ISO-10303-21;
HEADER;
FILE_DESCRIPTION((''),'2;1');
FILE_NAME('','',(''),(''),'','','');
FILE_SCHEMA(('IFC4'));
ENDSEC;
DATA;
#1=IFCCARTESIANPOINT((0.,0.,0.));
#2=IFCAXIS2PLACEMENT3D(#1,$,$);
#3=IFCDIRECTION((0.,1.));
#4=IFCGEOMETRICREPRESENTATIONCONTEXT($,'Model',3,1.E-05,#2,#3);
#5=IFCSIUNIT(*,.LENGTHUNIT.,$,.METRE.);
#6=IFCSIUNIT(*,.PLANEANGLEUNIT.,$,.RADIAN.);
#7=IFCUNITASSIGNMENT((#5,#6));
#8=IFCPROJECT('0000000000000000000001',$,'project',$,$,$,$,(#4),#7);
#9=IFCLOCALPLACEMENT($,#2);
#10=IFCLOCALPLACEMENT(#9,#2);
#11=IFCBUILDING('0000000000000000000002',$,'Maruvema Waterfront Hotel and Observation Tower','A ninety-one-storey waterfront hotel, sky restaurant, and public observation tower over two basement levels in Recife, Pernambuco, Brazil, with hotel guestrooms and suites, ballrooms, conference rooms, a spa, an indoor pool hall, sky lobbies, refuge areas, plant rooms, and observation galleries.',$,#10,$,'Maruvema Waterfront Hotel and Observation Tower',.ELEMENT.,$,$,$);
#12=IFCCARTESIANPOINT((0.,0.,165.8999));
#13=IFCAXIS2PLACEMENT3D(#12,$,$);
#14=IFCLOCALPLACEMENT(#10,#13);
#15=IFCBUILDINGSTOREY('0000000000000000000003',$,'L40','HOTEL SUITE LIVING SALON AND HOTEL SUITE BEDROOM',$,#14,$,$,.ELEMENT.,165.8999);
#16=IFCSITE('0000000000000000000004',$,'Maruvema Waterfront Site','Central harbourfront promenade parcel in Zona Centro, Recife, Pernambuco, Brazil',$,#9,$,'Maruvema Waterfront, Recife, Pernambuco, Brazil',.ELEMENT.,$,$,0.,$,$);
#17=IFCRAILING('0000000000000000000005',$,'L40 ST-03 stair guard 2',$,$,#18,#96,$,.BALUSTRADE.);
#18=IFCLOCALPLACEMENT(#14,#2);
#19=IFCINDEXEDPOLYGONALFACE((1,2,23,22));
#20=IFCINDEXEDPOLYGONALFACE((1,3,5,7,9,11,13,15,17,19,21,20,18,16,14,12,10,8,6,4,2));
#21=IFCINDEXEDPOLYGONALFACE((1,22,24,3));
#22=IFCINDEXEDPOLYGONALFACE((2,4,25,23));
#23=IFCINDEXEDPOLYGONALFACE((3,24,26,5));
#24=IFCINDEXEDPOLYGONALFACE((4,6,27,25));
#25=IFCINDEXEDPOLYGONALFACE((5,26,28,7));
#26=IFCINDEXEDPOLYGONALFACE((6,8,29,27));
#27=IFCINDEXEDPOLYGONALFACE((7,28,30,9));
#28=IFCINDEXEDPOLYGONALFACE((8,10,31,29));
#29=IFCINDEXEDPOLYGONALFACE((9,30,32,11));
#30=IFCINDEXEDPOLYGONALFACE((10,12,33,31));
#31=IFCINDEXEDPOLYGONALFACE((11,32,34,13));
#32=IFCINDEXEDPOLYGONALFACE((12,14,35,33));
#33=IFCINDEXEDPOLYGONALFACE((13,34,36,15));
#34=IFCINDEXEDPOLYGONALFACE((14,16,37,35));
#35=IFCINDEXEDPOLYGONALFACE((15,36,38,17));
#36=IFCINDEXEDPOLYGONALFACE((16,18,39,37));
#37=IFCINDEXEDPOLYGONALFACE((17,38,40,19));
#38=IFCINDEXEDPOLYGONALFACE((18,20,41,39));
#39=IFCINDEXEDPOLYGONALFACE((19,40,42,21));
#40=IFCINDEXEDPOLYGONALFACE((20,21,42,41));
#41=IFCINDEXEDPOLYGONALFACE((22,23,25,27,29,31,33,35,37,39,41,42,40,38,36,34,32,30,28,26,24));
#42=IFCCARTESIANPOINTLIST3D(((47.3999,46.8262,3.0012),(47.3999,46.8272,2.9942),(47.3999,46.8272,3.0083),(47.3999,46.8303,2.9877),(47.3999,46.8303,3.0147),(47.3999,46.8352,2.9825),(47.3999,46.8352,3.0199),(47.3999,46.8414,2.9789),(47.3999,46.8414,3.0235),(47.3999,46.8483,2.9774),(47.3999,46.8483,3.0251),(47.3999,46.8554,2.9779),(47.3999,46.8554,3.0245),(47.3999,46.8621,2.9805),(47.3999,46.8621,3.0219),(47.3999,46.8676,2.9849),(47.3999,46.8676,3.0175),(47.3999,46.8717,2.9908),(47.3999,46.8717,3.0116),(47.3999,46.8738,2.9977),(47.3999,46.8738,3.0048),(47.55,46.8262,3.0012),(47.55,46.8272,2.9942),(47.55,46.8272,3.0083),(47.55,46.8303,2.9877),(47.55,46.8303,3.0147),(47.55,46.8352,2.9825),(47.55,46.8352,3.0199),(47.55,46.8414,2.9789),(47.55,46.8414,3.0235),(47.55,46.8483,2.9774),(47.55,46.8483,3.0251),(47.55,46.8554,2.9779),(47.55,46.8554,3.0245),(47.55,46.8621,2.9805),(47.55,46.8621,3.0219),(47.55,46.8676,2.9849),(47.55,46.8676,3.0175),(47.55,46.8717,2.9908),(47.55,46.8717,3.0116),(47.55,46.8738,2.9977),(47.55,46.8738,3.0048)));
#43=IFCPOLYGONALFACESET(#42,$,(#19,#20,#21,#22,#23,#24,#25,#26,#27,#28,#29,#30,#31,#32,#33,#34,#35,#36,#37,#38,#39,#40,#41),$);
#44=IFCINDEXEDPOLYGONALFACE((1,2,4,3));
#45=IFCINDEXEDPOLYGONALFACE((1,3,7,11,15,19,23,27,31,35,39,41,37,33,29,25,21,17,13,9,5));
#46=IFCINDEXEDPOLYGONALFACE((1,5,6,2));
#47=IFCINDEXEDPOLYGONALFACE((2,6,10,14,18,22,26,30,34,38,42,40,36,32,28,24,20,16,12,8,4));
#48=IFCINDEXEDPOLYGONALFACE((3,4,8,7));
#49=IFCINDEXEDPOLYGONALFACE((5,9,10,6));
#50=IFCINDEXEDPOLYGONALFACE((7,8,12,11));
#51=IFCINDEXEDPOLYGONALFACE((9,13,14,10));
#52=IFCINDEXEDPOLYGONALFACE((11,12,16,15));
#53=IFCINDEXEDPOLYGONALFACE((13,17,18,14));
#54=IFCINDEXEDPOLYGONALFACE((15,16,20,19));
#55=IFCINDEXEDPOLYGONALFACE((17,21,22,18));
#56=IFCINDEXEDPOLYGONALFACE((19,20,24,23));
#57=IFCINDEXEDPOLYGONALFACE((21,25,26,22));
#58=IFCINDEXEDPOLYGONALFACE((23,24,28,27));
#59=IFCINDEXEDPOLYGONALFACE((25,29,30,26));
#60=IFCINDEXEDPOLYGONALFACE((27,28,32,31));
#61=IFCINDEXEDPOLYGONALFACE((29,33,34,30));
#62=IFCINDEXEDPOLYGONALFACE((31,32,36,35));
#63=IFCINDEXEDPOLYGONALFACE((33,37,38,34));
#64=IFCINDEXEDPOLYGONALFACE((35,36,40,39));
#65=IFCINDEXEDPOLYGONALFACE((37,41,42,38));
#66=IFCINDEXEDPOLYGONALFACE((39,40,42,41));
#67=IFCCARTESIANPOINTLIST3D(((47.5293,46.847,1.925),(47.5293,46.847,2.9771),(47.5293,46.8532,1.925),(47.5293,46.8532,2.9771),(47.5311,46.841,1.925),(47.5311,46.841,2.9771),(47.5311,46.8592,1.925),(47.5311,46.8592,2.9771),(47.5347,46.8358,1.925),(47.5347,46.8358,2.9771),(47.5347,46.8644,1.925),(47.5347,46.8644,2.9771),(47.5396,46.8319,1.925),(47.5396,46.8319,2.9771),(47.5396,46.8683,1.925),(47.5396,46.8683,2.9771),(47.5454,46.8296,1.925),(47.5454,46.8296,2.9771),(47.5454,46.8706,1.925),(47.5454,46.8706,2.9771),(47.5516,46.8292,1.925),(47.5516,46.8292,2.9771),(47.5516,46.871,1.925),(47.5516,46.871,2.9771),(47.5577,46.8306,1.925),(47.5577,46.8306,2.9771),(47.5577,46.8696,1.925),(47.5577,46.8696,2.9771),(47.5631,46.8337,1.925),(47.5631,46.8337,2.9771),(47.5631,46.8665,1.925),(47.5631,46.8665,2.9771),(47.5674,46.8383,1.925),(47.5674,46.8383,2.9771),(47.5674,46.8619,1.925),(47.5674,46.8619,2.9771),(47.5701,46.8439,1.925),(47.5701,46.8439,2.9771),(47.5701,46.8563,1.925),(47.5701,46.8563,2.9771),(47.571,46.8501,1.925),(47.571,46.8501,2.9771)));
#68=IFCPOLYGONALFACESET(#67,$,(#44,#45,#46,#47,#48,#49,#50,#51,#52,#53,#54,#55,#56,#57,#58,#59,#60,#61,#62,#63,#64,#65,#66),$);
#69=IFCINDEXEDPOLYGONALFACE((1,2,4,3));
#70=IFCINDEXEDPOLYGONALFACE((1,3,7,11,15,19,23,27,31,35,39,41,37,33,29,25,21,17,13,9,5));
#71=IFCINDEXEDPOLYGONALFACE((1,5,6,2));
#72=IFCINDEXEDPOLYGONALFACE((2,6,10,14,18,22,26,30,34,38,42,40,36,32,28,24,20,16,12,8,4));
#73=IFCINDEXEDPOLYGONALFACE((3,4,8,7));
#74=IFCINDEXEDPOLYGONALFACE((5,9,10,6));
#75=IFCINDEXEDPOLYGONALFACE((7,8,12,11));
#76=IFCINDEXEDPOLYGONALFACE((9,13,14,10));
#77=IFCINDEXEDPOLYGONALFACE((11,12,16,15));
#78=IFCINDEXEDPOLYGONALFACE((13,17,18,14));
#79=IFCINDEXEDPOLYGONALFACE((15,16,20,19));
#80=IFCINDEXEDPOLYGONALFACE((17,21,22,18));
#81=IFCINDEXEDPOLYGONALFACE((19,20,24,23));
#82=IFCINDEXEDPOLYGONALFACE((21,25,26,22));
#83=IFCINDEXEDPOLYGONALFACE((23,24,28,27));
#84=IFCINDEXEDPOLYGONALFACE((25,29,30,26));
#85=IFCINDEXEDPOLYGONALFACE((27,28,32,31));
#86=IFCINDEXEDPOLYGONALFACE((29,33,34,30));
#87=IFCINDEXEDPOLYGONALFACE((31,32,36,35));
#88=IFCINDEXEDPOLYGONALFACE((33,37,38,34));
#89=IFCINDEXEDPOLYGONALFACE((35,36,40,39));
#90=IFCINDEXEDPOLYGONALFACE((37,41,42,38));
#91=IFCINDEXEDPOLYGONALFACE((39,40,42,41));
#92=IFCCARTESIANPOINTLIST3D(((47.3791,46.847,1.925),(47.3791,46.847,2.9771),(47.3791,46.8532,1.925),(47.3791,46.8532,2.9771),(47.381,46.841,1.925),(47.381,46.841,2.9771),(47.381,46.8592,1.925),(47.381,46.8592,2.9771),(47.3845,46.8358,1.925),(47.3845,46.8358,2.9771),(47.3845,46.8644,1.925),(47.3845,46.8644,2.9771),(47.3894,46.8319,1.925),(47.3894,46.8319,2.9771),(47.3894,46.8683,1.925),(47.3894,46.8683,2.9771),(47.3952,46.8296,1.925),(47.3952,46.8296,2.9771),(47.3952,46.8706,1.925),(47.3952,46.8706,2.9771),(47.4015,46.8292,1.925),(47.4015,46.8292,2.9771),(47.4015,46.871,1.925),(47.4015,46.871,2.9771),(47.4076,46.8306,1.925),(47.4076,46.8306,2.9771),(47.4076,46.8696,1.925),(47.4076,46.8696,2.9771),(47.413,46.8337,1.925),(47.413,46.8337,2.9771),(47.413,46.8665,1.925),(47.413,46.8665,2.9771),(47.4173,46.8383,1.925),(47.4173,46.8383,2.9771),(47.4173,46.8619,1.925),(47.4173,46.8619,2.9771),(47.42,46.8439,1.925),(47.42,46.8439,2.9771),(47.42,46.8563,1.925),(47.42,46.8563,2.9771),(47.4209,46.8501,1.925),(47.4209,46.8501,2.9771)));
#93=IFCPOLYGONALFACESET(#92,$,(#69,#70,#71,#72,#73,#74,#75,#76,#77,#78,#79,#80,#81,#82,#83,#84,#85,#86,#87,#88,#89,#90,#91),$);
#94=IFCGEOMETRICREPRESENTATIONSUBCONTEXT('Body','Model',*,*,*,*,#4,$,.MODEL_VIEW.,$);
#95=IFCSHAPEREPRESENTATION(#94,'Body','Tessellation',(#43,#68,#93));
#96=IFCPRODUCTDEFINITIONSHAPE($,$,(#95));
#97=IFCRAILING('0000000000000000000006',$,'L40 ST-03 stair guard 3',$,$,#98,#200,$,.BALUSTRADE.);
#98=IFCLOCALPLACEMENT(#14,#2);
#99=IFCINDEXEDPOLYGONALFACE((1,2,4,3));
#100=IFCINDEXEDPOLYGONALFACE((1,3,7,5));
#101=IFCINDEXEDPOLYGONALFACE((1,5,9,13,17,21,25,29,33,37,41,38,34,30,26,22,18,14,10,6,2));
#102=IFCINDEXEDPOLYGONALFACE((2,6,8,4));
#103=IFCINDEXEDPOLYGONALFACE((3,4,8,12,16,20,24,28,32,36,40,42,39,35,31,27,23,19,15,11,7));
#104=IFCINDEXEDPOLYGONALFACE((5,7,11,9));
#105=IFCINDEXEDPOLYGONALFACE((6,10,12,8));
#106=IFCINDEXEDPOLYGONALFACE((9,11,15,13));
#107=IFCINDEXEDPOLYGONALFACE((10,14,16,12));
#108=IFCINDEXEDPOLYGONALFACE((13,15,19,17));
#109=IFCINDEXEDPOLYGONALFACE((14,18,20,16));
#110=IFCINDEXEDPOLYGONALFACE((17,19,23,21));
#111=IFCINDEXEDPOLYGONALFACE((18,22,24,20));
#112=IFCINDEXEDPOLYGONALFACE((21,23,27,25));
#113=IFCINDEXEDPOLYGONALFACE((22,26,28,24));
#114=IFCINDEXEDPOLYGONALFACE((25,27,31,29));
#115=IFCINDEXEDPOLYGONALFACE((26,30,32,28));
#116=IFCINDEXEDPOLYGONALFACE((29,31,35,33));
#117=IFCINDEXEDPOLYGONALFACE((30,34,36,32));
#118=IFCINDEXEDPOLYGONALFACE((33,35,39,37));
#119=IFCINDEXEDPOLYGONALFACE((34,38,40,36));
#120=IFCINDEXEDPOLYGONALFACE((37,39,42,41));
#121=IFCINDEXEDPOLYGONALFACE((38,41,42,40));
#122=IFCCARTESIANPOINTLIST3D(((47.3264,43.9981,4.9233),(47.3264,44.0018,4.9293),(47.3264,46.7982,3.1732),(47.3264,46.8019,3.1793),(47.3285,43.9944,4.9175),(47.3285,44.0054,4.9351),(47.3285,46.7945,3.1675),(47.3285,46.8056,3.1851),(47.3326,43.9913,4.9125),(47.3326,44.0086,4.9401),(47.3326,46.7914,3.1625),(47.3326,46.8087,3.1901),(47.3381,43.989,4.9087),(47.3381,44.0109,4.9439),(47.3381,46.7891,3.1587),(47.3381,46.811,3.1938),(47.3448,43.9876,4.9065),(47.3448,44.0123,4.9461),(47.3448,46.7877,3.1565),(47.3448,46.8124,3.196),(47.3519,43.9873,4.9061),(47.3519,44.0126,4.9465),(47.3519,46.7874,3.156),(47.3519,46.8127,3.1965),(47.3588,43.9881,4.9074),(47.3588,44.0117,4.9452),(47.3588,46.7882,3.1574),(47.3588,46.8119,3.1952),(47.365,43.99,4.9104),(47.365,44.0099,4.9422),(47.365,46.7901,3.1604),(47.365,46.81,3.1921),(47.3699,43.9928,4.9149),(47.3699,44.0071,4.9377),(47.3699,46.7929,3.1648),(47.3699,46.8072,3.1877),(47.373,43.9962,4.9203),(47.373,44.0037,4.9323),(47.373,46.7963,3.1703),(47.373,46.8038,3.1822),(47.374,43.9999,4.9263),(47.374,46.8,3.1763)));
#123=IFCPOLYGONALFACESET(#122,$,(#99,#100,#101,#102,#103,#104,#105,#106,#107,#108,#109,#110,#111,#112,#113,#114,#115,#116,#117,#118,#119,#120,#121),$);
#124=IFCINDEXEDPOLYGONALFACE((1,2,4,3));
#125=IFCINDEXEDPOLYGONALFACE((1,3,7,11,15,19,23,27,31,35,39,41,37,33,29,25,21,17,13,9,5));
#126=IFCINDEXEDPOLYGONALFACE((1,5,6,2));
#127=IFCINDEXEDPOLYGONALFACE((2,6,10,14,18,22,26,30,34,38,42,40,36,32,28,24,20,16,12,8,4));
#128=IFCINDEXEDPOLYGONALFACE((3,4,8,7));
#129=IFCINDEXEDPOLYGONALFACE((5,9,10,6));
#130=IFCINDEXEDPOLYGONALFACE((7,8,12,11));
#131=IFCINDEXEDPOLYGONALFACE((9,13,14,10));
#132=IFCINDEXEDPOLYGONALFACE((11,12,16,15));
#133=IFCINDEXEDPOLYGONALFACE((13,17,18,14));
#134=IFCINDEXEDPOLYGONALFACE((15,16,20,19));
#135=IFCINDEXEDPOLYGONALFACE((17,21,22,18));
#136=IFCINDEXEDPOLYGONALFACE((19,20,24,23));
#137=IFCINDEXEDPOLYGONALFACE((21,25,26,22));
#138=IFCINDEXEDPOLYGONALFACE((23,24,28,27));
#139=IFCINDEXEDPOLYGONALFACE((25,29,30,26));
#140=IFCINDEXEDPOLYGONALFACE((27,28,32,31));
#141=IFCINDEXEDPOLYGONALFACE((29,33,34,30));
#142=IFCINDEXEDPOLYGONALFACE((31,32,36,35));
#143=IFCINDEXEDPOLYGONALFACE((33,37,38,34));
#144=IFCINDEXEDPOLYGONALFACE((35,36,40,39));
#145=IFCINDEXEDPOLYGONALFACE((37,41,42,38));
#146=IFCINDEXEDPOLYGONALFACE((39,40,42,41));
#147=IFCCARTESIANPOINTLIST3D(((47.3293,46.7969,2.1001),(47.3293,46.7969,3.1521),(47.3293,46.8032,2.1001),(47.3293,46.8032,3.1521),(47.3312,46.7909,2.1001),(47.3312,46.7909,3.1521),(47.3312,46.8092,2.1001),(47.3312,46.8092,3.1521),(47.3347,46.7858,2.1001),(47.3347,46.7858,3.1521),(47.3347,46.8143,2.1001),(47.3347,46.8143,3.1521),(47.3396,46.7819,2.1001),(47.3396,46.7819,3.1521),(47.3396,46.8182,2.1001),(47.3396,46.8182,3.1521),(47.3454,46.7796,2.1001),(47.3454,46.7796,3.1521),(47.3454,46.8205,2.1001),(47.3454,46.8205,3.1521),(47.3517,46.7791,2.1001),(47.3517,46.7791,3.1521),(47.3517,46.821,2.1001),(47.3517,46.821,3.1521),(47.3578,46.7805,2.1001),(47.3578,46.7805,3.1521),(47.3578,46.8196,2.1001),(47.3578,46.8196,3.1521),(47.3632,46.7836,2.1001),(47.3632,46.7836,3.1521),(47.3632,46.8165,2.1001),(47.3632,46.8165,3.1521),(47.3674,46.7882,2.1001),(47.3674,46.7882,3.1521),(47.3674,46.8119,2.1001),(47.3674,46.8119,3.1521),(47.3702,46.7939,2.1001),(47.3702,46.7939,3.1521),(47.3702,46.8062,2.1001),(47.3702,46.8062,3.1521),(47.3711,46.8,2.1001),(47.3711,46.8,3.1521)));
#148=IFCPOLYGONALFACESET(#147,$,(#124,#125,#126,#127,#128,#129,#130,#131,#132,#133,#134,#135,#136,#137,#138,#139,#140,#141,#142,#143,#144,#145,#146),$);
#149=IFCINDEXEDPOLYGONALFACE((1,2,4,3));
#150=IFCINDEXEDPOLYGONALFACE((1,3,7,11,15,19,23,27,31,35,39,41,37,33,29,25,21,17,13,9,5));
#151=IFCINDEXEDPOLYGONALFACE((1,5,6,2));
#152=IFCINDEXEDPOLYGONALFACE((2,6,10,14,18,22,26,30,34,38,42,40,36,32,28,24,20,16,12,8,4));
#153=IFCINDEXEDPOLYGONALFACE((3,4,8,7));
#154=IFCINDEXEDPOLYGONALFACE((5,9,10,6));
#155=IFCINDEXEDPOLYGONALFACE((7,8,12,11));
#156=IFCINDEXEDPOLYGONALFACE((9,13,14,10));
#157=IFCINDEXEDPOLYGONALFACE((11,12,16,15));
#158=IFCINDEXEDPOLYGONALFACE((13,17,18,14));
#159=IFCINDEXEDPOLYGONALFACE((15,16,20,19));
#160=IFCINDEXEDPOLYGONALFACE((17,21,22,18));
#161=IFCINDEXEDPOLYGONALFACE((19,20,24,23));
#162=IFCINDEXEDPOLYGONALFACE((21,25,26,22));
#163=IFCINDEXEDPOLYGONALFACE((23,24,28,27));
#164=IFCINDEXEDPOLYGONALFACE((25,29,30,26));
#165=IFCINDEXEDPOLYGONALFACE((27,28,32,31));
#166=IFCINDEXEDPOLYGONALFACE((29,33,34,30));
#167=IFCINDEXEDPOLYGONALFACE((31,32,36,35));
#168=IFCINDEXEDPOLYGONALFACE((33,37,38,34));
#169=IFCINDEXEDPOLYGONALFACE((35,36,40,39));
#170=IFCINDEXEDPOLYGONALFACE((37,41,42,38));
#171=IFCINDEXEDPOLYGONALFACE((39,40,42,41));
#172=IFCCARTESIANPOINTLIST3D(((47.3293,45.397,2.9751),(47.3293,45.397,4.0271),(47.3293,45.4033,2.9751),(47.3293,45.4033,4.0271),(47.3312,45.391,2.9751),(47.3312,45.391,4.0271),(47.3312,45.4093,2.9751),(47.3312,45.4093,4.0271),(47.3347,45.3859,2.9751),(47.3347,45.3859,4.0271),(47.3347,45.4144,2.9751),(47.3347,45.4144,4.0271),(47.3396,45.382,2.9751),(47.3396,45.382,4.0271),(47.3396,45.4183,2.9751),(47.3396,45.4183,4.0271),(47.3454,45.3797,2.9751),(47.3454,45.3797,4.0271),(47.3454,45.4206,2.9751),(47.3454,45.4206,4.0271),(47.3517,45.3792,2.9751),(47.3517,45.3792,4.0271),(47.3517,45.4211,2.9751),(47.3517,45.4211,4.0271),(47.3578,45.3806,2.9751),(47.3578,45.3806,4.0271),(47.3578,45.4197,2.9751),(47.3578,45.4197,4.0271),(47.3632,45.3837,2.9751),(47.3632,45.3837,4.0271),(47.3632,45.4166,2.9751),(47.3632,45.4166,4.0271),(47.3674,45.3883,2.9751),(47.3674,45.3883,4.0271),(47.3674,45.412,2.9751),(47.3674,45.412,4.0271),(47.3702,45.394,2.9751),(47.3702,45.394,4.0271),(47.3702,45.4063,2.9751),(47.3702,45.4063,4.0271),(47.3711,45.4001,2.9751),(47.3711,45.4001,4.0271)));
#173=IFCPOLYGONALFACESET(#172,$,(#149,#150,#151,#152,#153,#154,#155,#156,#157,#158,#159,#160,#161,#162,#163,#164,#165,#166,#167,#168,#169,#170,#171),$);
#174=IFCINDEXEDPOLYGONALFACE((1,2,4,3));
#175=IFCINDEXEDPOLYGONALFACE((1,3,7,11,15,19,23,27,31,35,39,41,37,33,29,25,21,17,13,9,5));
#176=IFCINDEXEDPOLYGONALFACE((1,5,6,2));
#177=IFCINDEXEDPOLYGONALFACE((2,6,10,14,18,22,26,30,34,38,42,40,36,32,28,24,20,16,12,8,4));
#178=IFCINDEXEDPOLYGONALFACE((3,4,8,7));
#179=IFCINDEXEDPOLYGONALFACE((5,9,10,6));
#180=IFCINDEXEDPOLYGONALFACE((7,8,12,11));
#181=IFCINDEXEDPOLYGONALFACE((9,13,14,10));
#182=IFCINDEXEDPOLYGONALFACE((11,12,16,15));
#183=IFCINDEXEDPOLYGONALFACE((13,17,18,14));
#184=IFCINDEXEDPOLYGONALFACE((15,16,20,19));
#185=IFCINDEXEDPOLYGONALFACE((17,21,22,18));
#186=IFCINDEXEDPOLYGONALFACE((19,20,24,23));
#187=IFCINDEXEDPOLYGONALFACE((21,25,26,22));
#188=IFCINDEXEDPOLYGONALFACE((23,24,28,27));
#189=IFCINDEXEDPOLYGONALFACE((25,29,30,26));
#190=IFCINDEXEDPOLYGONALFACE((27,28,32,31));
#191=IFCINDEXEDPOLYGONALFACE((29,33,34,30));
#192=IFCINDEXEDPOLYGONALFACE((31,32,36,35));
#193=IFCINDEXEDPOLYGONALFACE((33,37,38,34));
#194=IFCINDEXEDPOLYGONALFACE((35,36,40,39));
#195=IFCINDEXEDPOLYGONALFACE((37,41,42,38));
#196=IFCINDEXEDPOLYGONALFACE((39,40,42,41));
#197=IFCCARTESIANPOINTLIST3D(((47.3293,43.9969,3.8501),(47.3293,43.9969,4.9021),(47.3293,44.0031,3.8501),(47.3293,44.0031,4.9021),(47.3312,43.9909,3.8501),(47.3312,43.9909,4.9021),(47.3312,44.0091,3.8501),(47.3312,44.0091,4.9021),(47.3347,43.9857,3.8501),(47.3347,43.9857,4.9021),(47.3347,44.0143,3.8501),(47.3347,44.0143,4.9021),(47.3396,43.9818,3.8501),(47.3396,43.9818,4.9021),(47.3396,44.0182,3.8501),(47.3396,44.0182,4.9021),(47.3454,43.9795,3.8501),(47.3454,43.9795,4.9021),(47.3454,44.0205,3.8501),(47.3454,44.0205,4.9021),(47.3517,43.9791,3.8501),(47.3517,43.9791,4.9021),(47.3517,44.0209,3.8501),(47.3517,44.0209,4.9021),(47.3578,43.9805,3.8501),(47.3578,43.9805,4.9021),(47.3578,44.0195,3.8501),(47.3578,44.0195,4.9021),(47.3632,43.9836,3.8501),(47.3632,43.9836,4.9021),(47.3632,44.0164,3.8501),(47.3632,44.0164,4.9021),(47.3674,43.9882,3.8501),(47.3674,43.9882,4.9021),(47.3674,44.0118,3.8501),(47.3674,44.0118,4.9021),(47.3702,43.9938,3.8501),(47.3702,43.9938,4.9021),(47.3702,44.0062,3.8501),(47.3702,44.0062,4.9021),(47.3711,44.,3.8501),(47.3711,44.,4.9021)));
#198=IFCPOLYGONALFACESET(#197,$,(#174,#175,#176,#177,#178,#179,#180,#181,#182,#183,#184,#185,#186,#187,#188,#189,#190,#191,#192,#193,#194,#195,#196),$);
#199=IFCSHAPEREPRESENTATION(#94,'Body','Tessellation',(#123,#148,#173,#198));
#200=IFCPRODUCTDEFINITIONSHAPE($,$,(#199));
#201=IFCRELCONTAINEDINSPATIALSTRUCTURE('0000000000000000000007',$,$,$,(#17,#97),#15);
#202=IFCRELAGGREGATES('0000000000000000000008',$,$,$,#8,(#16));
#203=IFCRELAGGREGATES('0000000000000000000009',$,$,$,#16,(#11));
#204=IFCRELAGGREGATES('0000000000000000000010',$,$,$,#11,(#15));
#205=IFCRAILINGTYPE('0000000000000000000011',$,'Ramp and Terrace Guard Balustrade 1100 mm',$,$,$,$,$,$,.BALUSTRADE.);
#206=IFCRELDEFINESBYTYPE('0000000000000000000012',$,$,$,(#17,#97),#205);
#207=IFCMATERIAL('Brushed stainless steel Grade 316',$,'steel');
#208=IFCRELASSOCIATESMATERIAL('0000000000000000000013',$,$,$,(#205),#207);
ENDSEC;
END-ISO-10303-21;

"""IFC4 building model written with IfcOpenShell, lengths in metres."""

from ifc_helpers import new_model, si_unit, direction, frame, origin, origin_2d, place, context, subcontext, project, spatial, circle, extrude, material, type_object, element, save


model = new_model("IFC4")

# Units and contexts
model_context = context("Model", 3, precision=1e-05, world=origin(), true_north=direction((0.0, 1.0)))
body_context = subcontext(model_context, "Body", "Model", "MODEL_VIEW")
ifc_project = project(units=[si_unit("LENGTHUNIT", "METRE"), si_unit("PLANEANGLEUNIT", "RADIAN")], contexts=[model_context])

# Site, building, storey
site_placement = place(None, origin())
site = spatial("IfcSite", under=ifc_project, at=site_placement, Name="Maruvema Waterfront Site", Description="Central harbourfront promenade parcel in Zona Centro, Recife, Pernambuco, Brazil", LongName="Maruvema Waterfront, Recife, Pernambuco, Brazil", CompositionType="ELEMENT", RefElevation=0.0)
building_placement = place(site_placement, origin())
building = spatial("IfcBuilding", under=site, at=building_placement, Name="Maruvema Waterfront Hotel and Observation Tower", Description="A ninety-one-storey waterfront hotel, sky restaurant, and public observation tower over two basement levels in Recife, Pernambuco, Brazil, with hotel guestrooms and suites, ballrooms, conference rooms, a spa, an indoor pool hall, sky lobbies, refuge areas, plant rooms, and observation galleries.", LongName="Maruvema Waterfront Hotel and Observation Tower", CompositionType="ELEMENT")
storey_placement = place(building_placement, frame((0.0, 0.0, 165.8999)))
storey = spatial("IfcBuildingStorey", under=building, at=storey_placement, Name="L40", Description="HOTEL SUITE LIVING SALON AND HOTEL SUITE BEDROOM", CompositionType="ELEMENT", Elevation=165.8999)

# Railings
ifc_material_1 = material(Name="Brushed stainless steel Grade 316", Category="steel")
railing_type_1 = type_object("IfcRailingType", Name="Ramp and Terrace Guard Balustrade 1100 mm", PredefinedType="BALUSTRADE", material=ifc_material_1)
railing_1_placement = place(storey_placement, frame((47.55, 46.8501, 1.925)))
element("IfcRailing", 1, at=railing_1_placement, inside=storey, type_object=railing_type_1, Name="L40 ST-03 stair guard 2", PredefinedType="BALUSTRADE", context=body_context, shape_type="SweptSolid", body=[
    extrude(circle(Radius=0.0239, at=origin_2d()), frame((0.0, 0.0, 1.0762), z_axis=(-1.0, 0.0, 0.0), x_axis=(0.0, -1.0, 0.0)), (0.0, 0.0, 1.0), 0.1501),
    extrude(circle(Radius=0.021, at=origin_2d()), origin(), (0.0, 0.0, 1.0), 1.052),
    extrude(circle(Radius=0.021, at=origin_2d()), frame((-0.1501, 0.0, 0.0)), (0.0, 0.0, 1.0), 1.052),
])
railing_2_placement = place(storey_placement, frame((47.3501, 46.8, 2.1001)))
element("IfcRailing", 2, at=railing_2_placement, inside=storey, type_object=railing_type_1, Name="L40 ST-03 stair guard 3", PredefinedType="BALUSTRADE", context=body_context, shape_type="SweptSolid", body=[
    extrude(circle(Radius=0.0239, at=origin_2d()), frame((0.0, 0.0, 1.0762), z_axis=(0.0, -0.848002, 0.529992), x_axis=(1.0, 0.0, 0.0)), (0.0, 0.0, 1.0), 3.302),
    extrude(circle(Radius=0.021, at=origin_2d()), origin(), (0.0, 0.0, 1.0), 1.052),
    extrude(circle(Radius=0.021, at=origin_2d()), frame((0.0, -1.3999, 0.875)), (0.0, 0.0, 1.0), 1.052),
    extrude(circle(Radius=0.021, at=origin_2d()), frame((0.0, -2.8, 1.75)), (0.0, 0.0, 1.0), 1.052),
])

save(model, "model.ifc")
